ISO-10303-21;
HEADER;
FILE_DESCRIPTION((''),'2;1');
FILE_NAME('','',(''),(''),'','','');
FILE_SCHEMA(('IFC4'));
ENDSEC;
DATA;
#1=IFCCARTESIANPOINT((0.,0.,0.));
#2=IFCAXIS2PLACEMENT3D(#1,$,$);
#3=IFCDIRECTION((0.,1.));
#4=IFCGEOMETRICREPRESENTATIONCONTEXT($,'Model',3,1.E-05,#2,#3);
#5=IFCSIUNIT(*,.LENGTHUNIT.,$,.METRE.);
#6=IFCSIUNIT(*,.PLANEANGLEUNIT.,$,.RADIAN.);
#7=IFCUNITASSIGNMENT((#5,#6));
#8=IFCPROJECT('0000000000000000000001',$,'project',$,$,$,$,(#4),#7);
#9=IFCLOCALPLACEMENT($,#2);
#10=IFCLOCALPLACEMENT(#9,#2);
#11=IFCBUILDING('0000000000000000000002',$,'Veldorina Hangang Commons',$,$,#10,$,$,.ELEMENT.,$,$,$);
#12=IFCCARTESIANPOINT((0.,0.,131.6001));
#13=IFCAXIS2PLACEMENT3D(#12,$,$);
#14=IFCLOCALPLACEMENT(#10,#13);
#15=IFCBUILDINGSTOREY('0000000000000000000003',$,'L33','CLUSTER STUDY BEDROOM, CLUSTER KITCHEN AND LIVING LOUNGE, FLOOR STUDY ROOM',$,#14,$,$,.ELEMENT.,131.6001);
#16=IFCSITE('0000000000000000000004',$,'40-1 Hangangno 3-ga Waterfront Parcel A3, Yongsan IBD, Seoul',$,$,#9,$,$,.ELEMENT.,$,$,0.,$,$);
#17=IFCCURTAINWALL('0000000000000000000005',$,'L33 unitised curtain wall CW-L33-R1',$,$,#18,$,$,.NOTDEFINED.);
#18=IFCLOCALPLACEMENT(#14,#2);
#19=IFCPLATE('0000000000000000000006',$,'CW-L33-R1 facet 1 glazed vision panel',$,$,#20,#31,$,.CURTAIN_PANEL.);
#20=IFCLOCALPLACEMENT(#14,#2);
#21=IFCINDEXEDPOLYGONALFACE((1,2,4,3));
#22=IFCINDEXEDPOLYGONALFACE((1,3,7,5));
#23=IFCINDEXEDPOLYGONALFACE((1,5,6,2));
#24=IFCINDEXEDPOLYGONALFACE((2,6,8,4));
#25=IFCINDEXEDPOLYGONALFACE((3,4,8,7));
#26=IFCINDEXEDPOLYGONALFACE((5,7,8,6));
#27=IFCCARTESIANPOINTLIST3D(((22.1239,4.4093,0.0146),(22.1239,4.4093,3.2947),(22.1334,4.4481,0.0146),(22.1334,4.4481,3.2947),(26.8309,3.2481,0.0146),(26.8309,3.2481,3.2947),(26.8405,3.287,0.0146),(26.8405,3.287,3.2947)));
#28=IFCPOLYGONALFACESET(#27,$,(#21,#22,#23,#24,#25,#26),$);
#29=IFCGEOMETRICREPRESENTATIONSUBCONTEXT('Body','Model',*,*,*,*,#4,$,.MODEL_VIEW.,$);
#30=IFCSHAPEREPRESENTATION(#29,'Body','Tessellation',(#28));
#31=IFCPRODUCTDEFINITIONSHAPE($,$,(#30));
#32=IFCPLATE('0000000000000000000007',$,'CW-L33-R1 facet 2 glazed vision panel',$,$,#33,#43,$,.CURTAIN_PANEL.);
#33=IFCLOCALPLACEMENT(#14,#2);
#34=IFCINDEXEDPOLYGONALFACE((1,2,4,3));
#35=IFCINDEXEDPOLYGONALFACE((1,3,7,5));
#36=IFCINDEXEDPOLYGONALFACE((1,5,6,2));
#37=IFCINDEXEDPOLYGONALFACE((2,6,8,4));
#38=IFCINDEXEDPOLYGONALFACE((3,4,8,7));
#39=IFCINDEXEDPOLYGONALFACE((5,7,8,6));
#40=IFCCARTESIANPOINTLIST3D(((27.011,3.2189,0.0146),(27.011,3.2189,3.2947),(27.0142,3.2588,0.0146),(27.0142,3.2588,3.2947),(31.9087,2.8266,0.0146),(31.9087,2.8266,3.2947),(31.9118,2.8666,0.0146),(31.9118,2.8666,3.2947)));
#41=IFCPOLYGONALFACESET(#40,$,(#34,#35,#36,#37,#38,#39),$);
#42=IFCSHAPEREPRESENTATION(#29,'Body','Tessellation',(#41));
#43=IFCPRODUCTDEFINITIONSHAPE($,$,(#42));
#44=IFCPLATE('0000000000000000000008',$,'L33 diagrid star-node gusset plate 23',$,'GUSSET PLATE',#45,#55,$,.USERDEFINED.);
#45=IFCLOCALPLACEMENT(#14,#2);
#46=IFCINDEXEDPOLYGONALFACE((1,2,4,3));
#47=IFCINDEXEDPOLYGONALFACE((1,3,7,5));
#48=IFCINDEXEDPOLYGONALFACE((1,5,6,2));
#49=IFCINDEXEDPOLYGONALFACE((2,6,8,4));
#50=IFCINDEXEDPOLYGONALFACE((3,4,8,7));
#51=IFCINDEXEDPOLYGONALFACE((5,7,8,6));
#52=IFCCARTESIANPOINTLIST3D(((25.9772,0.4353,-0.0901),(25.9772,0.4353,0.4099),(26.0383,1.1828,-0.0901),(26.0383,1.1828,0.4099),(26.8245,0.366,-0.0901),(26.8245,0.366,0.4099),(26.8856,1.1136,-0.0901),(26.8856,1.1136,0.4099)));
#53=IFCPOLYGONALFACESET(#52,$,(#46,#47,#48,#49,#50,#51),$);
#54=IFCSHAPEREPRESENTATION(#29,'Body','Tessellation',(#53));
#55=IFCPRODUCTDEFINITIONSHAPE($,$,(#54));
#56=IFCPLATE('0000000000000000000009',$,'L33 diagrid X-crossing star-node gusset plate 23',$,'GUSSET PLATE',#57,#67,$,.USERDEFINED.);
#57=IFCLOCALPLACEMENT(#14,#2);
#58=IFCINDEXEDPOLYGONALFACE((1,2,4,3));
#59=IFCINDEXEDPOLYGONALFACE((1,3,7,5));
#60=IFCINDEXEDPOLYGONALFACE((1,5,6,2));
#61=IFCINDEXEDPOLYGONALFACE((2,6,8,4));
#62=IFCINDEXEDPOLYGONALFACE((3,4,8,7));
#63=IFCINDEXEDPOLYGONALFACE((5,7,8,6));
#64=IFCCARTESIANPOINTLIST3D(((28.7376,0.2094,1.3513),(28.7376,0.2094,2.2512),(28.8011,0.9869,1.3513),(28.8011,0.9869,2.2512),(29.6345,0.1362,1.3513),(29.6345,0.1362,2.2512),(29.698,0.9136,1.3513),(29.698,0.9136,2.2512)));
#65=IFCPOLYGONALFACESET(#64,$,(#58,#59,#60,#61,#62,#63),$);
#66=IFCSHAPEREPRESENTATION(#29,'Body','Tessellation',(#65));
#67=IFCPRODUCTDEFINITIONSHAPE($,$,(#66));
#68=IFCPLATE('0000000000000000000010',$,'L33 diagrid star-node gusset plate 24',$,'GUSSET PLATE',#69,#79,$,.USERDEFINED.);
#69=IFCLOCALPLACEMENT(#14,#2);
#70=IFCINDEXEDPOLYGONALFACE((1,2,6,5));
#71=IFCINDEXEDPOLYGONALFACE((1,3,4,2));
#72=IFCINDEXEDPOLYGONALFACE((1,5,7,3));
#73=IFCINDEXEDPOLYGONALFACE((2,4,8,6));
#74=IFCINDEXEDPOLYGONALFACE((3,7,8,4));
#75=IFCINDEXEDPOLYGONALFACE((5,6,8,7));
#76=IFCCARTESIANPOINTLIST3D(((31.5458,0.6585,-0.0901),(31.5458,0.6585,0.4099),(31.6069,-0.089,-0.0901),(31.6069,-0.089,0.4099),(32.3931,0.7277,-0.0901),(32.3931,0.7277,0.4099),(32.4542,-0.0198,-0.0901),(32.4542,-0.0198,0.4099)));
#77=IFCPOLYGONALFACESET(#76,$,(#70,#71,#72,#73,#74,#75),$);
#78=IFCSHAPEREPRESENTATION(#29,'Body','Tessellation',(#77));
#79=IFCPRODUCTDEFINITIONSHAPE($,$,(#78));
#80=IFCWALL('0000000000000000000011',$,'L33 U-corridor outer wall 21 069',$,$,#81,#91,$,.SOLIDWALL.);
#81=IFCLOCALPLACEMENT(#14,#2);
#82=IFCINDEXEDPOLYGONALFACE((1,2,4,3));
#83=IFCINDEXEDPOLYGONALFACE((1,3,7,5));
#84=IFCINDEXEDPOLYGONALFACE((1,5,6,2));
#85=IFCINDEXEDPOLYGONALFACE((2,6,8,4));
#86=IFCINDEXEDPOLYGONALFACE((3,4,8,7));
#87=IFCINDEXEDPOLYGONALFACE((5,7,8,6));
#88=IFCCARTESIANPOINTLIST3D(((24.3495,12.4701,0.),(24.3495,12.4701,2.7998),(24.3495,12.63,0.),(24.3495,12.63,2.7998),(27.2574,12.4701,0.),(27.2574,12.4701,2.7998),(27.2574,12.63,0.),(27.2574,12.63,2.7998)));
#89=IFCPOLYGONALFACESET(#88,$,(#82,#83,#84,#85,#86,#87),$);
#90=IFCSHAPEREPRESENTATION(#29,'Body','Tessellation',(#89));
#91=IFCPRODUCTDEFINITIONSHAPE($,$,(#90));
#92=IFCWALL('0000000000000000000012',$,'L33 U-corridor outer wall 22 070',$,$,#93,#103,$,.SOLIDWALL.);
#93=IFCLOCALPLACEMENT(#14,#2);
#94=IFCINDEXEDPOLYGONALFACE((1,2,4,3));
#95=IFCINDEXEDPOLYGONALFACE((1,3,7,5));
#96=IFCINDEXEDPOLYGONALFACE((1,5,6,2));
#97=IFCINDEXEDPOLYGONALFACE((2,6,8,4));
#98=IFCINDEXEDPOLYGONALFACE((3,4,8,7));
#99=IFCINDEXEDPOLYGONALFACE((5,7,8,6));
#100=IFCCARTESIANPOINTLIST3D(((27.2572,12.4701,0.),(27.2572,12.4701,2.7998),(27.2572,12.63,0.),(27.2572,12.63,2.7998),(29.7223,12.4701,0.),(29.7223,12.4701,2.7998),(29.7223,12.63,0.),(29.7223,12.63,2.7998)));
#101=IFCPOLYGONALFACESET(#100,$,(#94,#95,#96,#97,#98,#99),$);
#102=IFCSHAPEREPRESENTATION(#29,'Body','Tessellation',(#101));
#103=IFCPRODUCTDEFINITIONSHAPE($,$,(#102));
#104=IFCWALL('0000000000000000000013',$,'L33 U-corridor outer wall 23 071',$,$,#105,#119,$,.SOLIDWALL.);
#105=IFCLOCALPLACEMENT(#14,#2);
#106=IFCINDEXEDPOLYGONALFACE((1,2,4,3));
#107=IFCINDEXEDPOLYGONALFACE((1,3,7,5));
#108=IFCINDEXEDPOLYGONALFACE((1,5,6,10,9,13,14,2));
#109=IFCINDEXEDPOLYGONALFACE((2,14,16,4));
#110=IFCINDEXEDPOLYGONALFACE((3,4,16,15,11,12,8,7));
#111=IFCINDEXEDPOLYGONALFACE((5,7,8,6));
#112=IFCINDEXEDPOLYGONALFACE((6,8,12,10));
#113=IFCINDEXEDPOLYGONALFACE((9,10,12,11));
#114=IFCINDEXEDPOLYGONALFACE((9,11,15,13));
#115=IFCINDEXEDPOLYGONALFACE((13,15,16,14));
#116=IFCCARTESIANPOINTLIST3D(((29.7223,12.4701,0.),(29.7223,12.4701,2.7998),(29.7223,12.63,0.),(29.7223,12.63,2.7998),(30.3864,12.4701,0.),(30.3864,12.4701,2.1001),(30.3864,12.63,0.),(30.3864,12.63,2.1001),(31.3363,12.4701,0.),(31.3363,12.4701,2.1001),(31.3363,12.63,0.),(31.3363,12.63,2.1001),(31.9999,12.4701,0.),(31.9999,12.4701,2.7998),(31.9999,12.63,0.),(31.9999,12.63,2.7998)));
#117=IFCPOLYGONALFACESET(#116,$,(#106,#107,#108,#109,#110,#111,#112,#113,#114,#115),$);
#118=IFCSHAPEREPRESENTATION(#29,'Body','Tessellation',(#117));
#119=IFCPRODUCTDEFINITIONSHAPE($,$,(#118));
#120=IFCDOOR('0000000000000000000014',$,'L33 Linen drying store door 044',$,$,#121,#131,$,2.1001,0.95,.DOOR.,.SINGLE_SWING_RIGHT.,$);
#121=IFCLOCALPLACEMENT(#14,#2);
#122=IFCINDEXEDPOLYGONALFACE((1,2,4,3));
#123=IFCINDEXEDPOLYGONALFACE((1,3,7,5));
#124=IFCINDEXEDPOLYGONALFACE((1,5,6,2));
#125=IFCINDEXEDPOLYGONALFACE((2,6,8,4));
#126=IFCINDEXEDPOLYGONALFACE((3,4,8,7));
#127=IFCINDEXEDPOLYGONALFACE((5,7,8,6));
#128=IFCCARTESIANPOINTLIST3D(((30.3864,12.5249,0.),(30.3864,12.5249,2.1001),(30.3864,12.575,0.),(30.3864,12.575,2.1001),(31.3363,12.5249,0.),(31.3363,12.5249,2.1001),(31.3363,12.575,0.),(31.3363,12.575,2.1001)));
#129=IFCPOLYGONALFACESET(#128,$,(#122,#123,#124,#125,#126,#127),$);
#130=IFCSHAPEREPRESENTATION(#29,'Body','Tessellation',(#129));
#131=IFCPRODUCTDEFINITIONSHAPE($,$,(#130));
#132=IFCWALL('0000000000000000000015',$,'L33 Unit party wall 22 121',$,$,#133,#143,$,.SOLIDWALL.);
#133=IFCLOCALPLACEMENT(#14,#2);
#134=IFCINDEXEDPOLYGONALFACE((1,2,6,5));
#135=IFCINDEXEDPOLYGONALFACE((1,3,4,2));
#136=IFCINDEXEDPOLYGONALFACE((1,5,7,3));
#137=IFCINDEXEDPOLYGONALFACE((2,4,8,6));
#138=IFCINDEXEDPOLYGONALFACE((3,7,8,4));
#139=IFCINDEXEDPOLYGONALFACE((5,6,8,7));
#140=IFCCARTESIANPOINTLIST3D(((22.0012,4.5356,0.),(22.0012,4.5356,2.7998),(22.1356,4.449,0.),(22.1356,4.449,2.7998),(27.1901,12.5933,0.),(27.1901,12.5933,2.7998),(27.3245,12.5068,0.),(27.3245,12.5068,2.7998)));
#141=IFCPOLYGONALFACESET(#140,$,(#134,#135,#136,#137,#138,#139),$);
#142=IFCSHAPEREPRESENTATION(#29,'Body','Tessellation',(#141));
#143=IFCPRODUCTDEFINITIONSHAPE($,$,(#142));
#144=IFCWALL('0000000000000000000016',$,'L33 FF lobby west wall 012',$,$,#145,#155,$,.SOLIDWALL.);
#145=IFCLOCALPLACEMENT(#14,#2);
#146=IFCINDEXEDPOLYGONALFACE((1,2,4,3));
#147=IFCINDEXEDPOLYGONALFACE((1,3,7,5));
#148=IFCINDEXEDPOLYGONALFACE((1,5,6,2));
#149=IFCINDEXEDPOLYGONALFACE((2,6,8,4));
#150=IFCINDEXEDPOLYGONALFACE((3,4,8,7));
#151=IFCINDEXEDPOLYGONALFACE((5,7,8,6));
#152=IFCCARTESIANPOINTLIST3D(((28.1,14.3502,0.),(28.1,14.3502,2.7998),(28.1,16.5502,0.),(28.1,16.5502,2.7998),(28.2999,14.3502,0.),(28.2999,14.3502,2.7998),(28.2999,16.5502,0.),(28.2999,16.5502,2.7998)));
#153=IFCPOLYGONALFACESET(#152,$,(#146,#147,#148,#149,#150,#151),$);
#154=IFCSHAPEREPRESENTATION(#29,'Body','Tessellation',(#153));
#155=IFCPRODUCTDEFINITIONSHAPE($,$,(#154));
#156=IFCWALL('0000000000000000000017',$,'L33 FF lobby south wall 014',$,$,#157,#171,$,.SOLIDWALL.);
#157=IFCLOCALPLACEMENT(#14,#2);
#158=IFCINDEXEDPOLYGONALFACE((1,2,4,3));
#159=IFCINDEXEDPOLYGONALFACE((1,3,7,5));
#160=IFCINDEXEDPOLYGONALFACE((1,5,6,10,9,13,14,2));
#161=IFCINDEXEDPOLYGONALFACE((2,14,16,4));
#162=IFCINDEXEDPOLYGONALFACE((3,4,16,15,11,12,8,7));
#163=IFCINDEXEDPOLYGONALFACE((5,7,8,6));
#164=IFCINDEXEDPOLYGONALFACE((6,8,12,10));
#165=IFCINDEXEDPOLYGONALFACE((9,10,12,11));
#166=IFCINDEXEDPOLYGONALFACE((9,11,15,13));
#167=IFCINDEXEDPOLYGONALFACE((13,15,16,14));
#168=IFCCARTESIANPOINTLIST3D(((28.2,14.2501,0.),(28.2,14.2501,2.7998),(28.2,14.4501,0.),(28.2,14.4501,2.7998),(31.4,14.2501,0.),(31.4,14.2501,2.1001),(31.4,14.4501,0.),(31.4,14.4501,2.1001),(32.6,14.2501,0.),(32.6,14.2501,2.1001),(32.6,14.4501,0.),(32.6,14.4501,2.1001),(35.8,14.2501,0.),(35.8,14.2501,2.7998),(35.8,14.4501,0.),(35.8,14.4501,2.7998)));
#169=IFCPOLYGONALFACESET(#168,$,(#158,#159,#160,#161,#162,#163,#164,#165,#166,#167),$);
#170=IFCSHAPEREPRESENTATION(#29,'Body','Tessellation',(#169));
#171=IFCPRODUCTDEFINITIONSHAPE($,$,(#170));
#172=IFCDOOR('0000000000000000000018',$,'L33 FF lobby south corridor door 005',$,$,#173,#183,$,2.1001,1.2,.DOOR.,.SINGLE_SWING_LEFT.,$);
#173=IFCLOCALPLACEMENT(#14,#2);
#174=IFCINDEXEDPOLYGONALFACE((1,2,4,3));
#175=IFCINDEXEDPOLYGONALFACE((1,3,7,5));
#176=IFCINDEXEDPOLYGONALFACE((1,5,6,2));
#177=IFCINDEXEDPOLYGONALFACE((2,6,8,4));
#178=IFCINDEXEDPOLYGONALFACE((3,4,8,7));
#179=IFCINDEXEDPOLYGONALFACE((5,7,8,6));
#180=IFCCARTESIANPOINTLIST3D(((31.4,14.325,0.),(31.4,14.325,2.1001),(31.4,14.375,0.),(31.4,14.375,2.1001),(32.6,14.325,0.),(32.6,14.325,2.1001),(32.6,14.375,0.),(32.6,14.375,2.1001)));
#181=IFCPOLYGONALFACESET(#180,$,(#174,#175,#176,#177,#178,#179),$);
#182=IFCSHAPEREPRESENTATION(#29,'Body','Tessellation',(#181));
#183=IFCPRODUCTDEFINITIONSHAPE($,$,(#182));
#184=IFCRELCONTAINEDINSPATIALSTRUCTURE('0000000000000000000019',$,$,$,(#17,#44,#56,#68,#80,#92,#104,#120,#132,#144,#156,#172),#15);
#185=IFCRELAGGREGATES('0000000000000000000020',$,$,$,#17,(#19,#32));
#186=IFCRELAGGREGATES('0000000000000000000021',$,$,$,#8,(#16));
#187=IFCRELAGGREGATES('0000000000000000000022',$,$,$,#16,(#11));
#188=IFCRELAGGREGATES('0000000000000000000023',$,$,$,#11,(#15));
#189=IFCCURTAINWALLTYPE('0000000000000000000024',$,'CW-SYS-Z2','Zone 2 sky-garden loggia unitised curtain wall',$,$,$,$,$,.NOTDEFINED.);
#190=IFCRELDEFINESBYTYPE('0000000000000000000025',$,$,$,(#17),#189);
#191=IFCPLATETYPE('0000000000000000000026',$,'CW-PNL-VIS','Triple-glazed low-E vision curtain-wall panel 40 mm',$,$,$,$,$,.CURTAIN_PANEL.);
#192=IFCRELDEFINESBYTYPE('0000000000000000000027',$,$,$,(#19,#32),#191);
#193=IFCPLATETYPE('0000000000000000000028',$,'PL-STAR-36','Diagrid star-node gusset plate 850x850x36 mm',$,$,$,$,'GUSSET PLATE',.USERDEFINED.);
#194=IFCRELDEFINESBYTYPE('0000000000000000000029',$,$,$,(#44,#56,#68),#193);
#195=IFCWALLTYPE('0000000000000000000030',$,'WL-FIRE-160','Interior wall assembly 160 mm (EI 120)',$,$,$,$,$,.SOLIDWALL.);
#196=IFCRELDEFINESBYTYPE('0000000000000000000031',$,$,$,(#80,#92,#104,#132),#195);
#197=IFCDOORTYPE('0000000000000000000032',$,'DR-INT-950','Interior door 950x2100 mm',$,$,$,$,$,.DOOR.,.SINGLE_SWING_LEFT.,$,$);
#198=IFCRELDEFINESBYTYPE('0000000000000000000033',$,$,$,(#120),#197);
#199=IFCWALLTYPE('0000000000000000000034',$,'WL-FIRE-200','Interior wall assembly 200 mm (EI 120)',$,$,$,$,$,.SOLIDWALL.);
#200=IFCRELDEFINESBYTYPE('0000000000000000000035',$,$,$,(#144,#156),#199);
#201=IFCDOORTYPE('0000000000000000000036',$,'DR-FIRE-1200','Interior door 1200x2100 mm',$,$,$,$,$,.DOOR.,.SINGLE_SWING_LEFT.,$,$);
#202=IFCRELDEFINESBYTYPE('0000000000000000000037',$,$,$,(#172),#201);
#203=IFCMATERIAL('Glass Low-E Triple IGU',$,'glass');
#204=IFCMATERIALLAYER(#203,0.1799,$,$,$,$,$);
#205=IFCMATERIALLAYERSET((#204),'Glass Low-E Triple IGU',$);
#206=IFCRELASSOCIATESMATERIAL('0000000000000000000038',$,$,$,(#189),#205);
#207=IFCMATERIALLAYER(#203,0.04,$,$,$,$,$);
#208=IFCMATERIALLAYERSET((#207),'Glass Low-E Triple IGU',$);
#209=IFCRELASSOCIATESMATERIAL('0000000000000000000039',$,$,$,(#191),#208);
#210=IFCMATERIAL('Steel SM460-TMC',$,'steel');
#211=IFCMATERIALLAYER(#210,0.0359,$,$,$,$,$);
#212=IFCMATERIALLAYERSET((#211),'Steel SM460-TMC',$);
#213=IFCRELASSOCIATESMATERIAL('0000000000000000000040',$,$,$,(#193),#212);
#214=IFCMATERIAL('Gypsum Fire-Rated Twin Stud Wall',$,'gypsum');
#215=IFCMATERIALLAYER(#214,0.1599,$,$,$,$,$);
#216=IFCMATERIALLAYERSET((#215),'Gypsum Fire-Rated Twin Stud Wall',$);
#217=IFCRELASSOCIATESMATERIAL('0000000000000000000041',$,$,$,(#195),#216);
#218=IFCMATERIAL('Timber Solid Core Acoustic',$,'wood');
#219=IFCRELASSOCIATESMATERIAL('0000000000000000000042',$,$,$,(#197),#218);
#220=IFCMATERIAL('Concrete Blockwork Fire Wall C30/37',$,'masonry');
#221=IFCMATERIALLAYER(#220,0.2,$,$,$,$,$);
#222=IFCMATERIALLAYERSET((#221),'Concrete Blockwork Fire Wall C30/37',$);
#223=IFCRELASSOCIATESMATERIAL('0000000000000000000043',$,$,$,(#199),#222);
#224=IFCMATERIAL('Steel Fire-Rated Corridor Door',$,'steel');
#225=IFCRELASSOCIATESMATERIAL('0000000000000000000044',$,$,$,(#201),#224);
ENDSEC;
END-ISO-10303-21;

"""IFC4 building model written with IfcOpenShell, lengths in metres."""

from ifc_helpers import new_model, si_unit, direction, frame, frame_2d, origin, origin_2d, place, context, subcontext, project, spatial, rectangle, extrude, material, layer, layer_set, type_object, element, fill, aggregate, save


model = new_model("IFC4")

# Units and contexts
model_context = context("Model", 3, precision=1e-05, world=origin(), true_north=direction((0.0, 1.0)))
body_context = subcontext(model_context, "Body", "Model", "MODEL_VIEW")
ifc_project = project(units=[si_unit("LENGTHUNIT", "METRE"), si_unit("PLANEANGLEUNIT", "RADIAN")], contexts=[model_context])

# Site, building, storey
site_placement = place(None, origin())
site = spatial("IfcSite", under=ifc_project, at=site_placement, Name="40-1 Hangangno 3-ga Waterfront Parcel A3, Yongsan IBD, Seoul", CompositionType="ELEMENT", RefElevation=0.0)
building_placement = place(site_placement, origin())
building = spatial("IfcBuilding", under=site, at=building_placement, Name="Veldorina Hangang Commons", CompositionType="ELEMENT")
storey_placement = place(building_placement, frame((0.0, 0.0, 131.6001)))
storey = spatial("IfcBuildingStorey", under=building, at=storey_placement, Name="L33", Description="CLUSTER STUDY BEDROOM, CLUSTER KITCHEN AND LIVING LOUNGE, FLOOR STUDY ROOM", CompositionType="ELEMENT", Elevation=131.6001)

# Curtain wall
ifc_material_1 = material(Name="Glass Low-E Triple IGU", Category="glass")
ifc_layer_1 = layer(ifc_material_1, 0.1799)
ifc_layer_set_1 = layer_set([ifc_layer_1], Name="Glass Low-E Triple IGU")
curtain_wall_type = type_object("IfcCurtainWallType", Name="CW-SYS-Z2", Description="Zone 2 sky-garden loggia unitised curtain wall", PredefinedType="NOTDEFINED", material=ifc_layer_set_1)
curtain_wall_placement = place(storey_placement, origin())
curtain_wall = element("IfcCurtainWall", 1, at=curtain_wall_placement, inside=storey, type_object=curtain_wall_type, Name="L33 unitised curtain wall CW-L33-R1", PredefinedType="NOTDEFINED")

# Plates
ifc_layer_2 = layer(ifc_material_1, 0.04)
ifc_layer_set_2 = layer_set([ifc_layer_2], Name="Glass Low-E Triple IGU")
plate_type_1 = type_object("IfcPlateType", Name="CW-PNL-VIS", Description="Triple-glazed low-E vision curtain-wall panel 40 mm", PredefinedType="CURTAIN_PANEL", material=ifc_layer_set_2)
plate_1_placement = place(storey_placement, frame((24.4822, 3.8481, 0.0146), z_axis=(0.0, 0.0, 1.0), x_axis=(0.970896, -0.239499, 0.0)))
plate_1 = element("IfcPlate", 2, at=plate_1_placement, type_object=plate_type_1, Name="CW-L33-R1 facet 1 glazed vision panel", PredefinedType="CURTAIN_PANEL", context=body_context, shape_type="SweptSolid", body=[
    extrude(rectangle(XDim=4.8481, YDim=0.04, at=origin_2d()), origin(), (0.0, 0.0, 1.0), 3.28),
])
plate_2_placement = place(storey_placement, frame((29.4614, 3.0427, 0.0146), z_axis=(0.0, 0.0, 1.0), x_axis=(0.996808, -0.079834, 0.0)))
plate_2 = element("IfcPlate", 3, at=plate_2_placement, type_object=plate_type_1, Name="CW-L33-R1 facet 2 glazed vision panel", PredefinedType="CURTAIN_PANEL", context=body_context, shape_type="SweptSolid", body=[
    extrude(rectangle(XDim=4.9133, YDim=0.04, at=origin_2d()), origin(), (0.0, 0.0, 1.0), 3.28),
])
aggregate(curtain_wall, [plate_1, plate_2])

# Plates
ifc_material_2 = material(Name="Steel SM460-TMC", Category="steel")
ifc_layer_3 = layer(ifc_material_2, 0.0359)
ifc_layer_set_3 = layer_set([ifc_layer_3], Name="Steel SM460-TMC")
plate_type_2 = type_object("IfcPlateType", Name="PL-STAR-36", Description="Diagrid star-node gusset plate 850x850x36 mm", ElementType="GUSSET PLATE", PredefinedType="USERDEFINED", material=ifc_layer_set_3)
plate_3_placement = place(storey_placement, frame((26.4314, 0.7744, -0.0901), z_axis=(0.0, 0.0, 1.0), x_axis=(0.996679, -0.081434, 0.0)))
element("IfcPlate", 4, at=plate_3_placement, inside=storey, type_object=plate_type_2, Name="L33 diagrid star-node gusset plate 23", ObjectType="GUSSET PLATE", PredefinedType="USERDEFINED", context=body_context, shape_type="SweptSolid", body=[
    extrude(rectangle(XDim=0.8501, YDim=0.75, at=origin_2d()), origin(), (0.0, 0.0, 1.0), 0.5),
])
plate_4_placement = place(storey_placement, frame((29.2178, 0.5615, 1.3513), z_axis=(0.0, 0.0, 1.0), x_axis=(0.996679, -0.081434, 0.0)))
element("IfcPlate", 5, at=plate_4_placement, inside=storey, type_object=plate_type_2, Name="L33 diagrid X-crossing star-node gusset plate 23", ObjectType="GUSSET PLATE", PredefinedType="USERDEFINED", context=body_context, shape_type="SweptSolid", body=[
    extrude(rectangle(XDim=0.8999, YDim=0.78, at=origin_2d()), origin(), (0.0, 0.0, 1.0), 0.8999),
])
plate_5_placement = place(storey_placement, frame((32.0, 0.3193, -0.0901), z_axis=(0.0, 0.0, 1.0), x_axis=(0.996679, 0.081434, 0.0)))
element("IfcPlate", 6, at=plate_5_placement, inside=storey, type_object=plate_type_2, Name="L33 diagrid star-node gusset plate 24", ObjectType="GUSSET PLATE", PredefinedType="USERDEFINED", context=body_context, shape_type="SweptSolid", body=[
    extrude(rectangle(XDim=0.8501, YDim=0.75, at=origin_2d()), origin(), (0.0, 0.0, 1.0), 0.5),
])

# Walls
ifc_material_3 = material(Name="Gypsum Fire-Rated Twin Stud Wall", Category="gypsum")
ifc_layer_4 = layer(ifc_material_3, 0.1599)
ifc_layer_set_4 = layer_set([ifc_layer_4], Name="Gypsum Fire-Rated Twin Stud Wall")
wall_type_1 = type_object("IfcWallType", Name="WL-FIRE-160", Description="Interior wall assembly 160 mm (EI 120)", PredefinedType="SOLIDWALL", material=ifc_layer_set_4)
wall_1_placement = place(storey_placement, frame((24.3494, 12.55, 0.0), z_axis=(0.0, 0.0, 1.0), x_axis=(1.0, 0.0, 0.0)))
element("IfcWall", 7, at=wall_1_placement, inside=storey, type_object=wall_type_1, Name="L33 U-corridor outer wall 21 069", PredefinedType="SOLIDWALL", context=body_context, shape_type="SweptSolid", body=[
    extrude(rectangle(XDim=2.908, YDim=0.1599, at=frame_2d((1.4541, 0.0))), origin(), (0.0, 0.0, 1.0), 2.7998),
])
wall_2_placement = place(storey_placement, frame((27.2573, 12.55, 0.0), z_axis=(0.0, 0.0, 1.0), x_axis=(1.0, 0.0, 0.0)))
element("IfcWall", 8, at=wall_2_placement, inside=storey, type_object=wall_type_1, Name="L33 U-corridor outer wall 22 070", PredefinedType="SOLIDWALL", context=body_context, shape_type="SweptSolid", body=[
    extrude(rectangle(XDim=2.4651, YDim=0.1599, at=frame_2d((1.2324, 0.0))), origin(), (0.0, 0.0, 1.0), 2.7998),
])

# Wall, opening, door
wall_3_placement = place(storey_placement, frame((29.7224, 12.55, 0.0), z_axis=(0.0, 0.0, 1.0), x_axis=(1.0, 0.0, 0.0)))
wall_3 = element("IfcWall", 9, at=wall_3_placement, inside=storey, type_object=wall_type_1, Name="L33 U-corridor outer wall 23 071", PredefinedType="SOLIDWALL", context=body_context, shape_type="SweptSolid", body=[
    extrude(rectangle(XDim=2.2776, YDim=0.1599, at=frame_2d((1.1387, 0.0))), origin(), (0.0, 0.0, 1.0), 2.7998),
])
opening_1_placement = place(wall_3_placement, frame((0.6638, 0.0, 0.0)))
opening_1 = element("IfcOpeningElement", 10, at=opening_1_placement, cuts=wall_3, PredefinedType="OPENING", context=body_context, shape_type="SweptSolid", body=[
    extrude(rectangle(XDim=0.95, YDim=2.1001, at=frame_2d((0.4751, 1.05))), frame((0.0, 0.0898, 0.0), z_axis=(0.0, -1.0, 0.0), x_axis=(1.0, 0.0, 0.0)), (0.0, 0.0, 1.0), 0.1799),
])
ifc_material_4 = material(Name="Timber Solid Core Acoustic", Category="wood")
door_type_1 = type_object("IfcDoorType", Name="DR-INT-950", Description="Interior door 950x2100 mm", OperationType="SINGLE_SWING_LEFT", PredefinedType="DOOR", material=ifc_material_4)
door_1_placement = place(opening_1_placement, origin())
door_1 = element("IfcDoor", 11, at=door_1_placement, inside=storey, type_object=door_type_1, Name="L33 Linen drying store door 044", OperationType="SINGLE_SWING_RIGHT", OverallHeight=2.1001, OverallWidth=0.95, PredefinedType="DOOR", context=body_context, shape_type="SweptSolid", body=[
    extrude(rectangle(XDim=0.95, YDim=2.1001, at=frame_2d((0.4751, 1.05))), frame((0.0, 0.0249, 0.0), z_axis=(0.0, -1.0, 0.0), x_axis=(1.0, 0.0, 0.0)), (0.0, 0.0, 1.0), 0.05),
])
fill(opening_1, door_1)

# Walls
wall_4_placement = place(storey_placement, frame((27.2573, 12.55, 0.0), z_axis=(0.0, 0.0, 1.0), x_axis=(-0.541415, -0.840755, 0.0)))
element("IfcWall", 12, at=wall_4_placement, inside=storey, type_object=wall_type_1, Name="L33 Unit party wall 22 121", PredefinedType="SOLIDWALL", context=body_context, shape_type="SweptSolid", body=[
    extrude(rectangle(XDim=9.584, YDim=0.1599, at=frame_2d((4.792, 0.0))), origin(), (0.0, 0.0, 1.0), 2.7998),
])
ifc_material_5 = material(Name="Concrete Blockwork Fire Wall C30/37", Category="masonry")
ifc_layer_5 = layer(ifc_material_5, 0.2)
ifc_layer_set_5 = layer_set([ifc_layer_5], Name="Concrete Blockwork Fire Wall C30/37")
wall_type_2 = type_object("IfcWallType", Name="WL-FIRE-200", Description="Interior wall assembly 200 mm (EI 120)", PredefinedType="SOLIDWALL", material=ifc_layer_set_5)
wall_5_placement = place(storey_placement, frame((28.2, 14.3501, 0.0), z_axis=(0.0, 0.0, 1.0), x_axis=(0.0, 1.0, 0.0)))
element("IfcWall", 13, at=wall_5_placement, inside=storey, type_object=wall_type_2, Name="L33 FF lobby west wall 012", PredefinedType="SOLIDWALL", context=body_context, shape_type="SweptSolid", body=[
    extrude(rectangle(XDim=2.2, YDim=0.2, at=frame_2d((1.1001, 0.0))), origin(), (0.0, 0.0, 1.0), 2.7998),
])

# Wall, opening, door
wall_6_placement = place(storey_placement, frame((28.2, 14.3501, 0.0), z_axis=(0.0, 0.0, 1.0), x_axis=(1.0, 0.0, 0.0)))
wall_6 = element("IfcWall", 14, at=wall_6_placement, inside=storey, type_object=wall_type_2, Name="L33 FF lobby south wall 014", PredefinedType="SOLIDWALL", context=body_context, shape_type="SweptSolid", body=[
    extrude(rectangle(XDim=7.6001, YDim=0.2, at=frame_2d((3.8, 0.0))), origin(), (0.0, 0.0, 1.0), 2.7998),
])
opening_2_placement = place(wall_6_placement, frame((3.2, 0.0, 0.0)))
opening_2 = element("IfcOpeningElement", 15, at=opening_2_placement, cuts=wall_6, PredefinedType="OPENING", context=body_context, shape_type="SweptSolid", body=[
    extrude(rectangle(XDim=1.2, YDim=2.1001, at=frame_2d((0.6001, 1.05))), frame((0.0, 0.1099, 0.0), z_axis=(0.0, -1.0, 0.0), x_axis=(1.0, 0.0, 0.0)), (0.0, 0.0, 1.0), 0.22),
])
ifc_material_6 = material(Name="Steel Fire-Rated Corridor Door", Category="steel")
door_type_2 = type_object("IfcDoorType", Name="DR-FIRE-1200", Description="Interior door 1200x2100 mm", OperationType="SINGLE_SWING_LEFT", PredefinedType="DOOR", material=ifc_material_6)
door_2_placement = place(opening_2_placement, origin())
door_2 = element("IfcDoor", 16, at=door_2_placement, inside=storey, type_object=door_type_2, Name="L33 FF lobby south corridor door 005", OperationType="SINGLE_SWING_LEFT", OverallHeight=2.1001, OverallWidth=1.2, PredefinedType="DOOR", context=body_context, shape_type="SweptSolid", body=[
    extrude(rectangle(XDim=1.2, YDim=2.1001, at=frame_2d((0.6001, 1.05))), frame((0.0, 0.0249, 0.0), z_axis=(0.0, -1.0, 0.0), x_axis=(1.0, 0.0, 0.0)), (0.0, 0.0, 1.0), 0.05),
])
fill(opening_2, door_2)

save(model, "model.ifc")
